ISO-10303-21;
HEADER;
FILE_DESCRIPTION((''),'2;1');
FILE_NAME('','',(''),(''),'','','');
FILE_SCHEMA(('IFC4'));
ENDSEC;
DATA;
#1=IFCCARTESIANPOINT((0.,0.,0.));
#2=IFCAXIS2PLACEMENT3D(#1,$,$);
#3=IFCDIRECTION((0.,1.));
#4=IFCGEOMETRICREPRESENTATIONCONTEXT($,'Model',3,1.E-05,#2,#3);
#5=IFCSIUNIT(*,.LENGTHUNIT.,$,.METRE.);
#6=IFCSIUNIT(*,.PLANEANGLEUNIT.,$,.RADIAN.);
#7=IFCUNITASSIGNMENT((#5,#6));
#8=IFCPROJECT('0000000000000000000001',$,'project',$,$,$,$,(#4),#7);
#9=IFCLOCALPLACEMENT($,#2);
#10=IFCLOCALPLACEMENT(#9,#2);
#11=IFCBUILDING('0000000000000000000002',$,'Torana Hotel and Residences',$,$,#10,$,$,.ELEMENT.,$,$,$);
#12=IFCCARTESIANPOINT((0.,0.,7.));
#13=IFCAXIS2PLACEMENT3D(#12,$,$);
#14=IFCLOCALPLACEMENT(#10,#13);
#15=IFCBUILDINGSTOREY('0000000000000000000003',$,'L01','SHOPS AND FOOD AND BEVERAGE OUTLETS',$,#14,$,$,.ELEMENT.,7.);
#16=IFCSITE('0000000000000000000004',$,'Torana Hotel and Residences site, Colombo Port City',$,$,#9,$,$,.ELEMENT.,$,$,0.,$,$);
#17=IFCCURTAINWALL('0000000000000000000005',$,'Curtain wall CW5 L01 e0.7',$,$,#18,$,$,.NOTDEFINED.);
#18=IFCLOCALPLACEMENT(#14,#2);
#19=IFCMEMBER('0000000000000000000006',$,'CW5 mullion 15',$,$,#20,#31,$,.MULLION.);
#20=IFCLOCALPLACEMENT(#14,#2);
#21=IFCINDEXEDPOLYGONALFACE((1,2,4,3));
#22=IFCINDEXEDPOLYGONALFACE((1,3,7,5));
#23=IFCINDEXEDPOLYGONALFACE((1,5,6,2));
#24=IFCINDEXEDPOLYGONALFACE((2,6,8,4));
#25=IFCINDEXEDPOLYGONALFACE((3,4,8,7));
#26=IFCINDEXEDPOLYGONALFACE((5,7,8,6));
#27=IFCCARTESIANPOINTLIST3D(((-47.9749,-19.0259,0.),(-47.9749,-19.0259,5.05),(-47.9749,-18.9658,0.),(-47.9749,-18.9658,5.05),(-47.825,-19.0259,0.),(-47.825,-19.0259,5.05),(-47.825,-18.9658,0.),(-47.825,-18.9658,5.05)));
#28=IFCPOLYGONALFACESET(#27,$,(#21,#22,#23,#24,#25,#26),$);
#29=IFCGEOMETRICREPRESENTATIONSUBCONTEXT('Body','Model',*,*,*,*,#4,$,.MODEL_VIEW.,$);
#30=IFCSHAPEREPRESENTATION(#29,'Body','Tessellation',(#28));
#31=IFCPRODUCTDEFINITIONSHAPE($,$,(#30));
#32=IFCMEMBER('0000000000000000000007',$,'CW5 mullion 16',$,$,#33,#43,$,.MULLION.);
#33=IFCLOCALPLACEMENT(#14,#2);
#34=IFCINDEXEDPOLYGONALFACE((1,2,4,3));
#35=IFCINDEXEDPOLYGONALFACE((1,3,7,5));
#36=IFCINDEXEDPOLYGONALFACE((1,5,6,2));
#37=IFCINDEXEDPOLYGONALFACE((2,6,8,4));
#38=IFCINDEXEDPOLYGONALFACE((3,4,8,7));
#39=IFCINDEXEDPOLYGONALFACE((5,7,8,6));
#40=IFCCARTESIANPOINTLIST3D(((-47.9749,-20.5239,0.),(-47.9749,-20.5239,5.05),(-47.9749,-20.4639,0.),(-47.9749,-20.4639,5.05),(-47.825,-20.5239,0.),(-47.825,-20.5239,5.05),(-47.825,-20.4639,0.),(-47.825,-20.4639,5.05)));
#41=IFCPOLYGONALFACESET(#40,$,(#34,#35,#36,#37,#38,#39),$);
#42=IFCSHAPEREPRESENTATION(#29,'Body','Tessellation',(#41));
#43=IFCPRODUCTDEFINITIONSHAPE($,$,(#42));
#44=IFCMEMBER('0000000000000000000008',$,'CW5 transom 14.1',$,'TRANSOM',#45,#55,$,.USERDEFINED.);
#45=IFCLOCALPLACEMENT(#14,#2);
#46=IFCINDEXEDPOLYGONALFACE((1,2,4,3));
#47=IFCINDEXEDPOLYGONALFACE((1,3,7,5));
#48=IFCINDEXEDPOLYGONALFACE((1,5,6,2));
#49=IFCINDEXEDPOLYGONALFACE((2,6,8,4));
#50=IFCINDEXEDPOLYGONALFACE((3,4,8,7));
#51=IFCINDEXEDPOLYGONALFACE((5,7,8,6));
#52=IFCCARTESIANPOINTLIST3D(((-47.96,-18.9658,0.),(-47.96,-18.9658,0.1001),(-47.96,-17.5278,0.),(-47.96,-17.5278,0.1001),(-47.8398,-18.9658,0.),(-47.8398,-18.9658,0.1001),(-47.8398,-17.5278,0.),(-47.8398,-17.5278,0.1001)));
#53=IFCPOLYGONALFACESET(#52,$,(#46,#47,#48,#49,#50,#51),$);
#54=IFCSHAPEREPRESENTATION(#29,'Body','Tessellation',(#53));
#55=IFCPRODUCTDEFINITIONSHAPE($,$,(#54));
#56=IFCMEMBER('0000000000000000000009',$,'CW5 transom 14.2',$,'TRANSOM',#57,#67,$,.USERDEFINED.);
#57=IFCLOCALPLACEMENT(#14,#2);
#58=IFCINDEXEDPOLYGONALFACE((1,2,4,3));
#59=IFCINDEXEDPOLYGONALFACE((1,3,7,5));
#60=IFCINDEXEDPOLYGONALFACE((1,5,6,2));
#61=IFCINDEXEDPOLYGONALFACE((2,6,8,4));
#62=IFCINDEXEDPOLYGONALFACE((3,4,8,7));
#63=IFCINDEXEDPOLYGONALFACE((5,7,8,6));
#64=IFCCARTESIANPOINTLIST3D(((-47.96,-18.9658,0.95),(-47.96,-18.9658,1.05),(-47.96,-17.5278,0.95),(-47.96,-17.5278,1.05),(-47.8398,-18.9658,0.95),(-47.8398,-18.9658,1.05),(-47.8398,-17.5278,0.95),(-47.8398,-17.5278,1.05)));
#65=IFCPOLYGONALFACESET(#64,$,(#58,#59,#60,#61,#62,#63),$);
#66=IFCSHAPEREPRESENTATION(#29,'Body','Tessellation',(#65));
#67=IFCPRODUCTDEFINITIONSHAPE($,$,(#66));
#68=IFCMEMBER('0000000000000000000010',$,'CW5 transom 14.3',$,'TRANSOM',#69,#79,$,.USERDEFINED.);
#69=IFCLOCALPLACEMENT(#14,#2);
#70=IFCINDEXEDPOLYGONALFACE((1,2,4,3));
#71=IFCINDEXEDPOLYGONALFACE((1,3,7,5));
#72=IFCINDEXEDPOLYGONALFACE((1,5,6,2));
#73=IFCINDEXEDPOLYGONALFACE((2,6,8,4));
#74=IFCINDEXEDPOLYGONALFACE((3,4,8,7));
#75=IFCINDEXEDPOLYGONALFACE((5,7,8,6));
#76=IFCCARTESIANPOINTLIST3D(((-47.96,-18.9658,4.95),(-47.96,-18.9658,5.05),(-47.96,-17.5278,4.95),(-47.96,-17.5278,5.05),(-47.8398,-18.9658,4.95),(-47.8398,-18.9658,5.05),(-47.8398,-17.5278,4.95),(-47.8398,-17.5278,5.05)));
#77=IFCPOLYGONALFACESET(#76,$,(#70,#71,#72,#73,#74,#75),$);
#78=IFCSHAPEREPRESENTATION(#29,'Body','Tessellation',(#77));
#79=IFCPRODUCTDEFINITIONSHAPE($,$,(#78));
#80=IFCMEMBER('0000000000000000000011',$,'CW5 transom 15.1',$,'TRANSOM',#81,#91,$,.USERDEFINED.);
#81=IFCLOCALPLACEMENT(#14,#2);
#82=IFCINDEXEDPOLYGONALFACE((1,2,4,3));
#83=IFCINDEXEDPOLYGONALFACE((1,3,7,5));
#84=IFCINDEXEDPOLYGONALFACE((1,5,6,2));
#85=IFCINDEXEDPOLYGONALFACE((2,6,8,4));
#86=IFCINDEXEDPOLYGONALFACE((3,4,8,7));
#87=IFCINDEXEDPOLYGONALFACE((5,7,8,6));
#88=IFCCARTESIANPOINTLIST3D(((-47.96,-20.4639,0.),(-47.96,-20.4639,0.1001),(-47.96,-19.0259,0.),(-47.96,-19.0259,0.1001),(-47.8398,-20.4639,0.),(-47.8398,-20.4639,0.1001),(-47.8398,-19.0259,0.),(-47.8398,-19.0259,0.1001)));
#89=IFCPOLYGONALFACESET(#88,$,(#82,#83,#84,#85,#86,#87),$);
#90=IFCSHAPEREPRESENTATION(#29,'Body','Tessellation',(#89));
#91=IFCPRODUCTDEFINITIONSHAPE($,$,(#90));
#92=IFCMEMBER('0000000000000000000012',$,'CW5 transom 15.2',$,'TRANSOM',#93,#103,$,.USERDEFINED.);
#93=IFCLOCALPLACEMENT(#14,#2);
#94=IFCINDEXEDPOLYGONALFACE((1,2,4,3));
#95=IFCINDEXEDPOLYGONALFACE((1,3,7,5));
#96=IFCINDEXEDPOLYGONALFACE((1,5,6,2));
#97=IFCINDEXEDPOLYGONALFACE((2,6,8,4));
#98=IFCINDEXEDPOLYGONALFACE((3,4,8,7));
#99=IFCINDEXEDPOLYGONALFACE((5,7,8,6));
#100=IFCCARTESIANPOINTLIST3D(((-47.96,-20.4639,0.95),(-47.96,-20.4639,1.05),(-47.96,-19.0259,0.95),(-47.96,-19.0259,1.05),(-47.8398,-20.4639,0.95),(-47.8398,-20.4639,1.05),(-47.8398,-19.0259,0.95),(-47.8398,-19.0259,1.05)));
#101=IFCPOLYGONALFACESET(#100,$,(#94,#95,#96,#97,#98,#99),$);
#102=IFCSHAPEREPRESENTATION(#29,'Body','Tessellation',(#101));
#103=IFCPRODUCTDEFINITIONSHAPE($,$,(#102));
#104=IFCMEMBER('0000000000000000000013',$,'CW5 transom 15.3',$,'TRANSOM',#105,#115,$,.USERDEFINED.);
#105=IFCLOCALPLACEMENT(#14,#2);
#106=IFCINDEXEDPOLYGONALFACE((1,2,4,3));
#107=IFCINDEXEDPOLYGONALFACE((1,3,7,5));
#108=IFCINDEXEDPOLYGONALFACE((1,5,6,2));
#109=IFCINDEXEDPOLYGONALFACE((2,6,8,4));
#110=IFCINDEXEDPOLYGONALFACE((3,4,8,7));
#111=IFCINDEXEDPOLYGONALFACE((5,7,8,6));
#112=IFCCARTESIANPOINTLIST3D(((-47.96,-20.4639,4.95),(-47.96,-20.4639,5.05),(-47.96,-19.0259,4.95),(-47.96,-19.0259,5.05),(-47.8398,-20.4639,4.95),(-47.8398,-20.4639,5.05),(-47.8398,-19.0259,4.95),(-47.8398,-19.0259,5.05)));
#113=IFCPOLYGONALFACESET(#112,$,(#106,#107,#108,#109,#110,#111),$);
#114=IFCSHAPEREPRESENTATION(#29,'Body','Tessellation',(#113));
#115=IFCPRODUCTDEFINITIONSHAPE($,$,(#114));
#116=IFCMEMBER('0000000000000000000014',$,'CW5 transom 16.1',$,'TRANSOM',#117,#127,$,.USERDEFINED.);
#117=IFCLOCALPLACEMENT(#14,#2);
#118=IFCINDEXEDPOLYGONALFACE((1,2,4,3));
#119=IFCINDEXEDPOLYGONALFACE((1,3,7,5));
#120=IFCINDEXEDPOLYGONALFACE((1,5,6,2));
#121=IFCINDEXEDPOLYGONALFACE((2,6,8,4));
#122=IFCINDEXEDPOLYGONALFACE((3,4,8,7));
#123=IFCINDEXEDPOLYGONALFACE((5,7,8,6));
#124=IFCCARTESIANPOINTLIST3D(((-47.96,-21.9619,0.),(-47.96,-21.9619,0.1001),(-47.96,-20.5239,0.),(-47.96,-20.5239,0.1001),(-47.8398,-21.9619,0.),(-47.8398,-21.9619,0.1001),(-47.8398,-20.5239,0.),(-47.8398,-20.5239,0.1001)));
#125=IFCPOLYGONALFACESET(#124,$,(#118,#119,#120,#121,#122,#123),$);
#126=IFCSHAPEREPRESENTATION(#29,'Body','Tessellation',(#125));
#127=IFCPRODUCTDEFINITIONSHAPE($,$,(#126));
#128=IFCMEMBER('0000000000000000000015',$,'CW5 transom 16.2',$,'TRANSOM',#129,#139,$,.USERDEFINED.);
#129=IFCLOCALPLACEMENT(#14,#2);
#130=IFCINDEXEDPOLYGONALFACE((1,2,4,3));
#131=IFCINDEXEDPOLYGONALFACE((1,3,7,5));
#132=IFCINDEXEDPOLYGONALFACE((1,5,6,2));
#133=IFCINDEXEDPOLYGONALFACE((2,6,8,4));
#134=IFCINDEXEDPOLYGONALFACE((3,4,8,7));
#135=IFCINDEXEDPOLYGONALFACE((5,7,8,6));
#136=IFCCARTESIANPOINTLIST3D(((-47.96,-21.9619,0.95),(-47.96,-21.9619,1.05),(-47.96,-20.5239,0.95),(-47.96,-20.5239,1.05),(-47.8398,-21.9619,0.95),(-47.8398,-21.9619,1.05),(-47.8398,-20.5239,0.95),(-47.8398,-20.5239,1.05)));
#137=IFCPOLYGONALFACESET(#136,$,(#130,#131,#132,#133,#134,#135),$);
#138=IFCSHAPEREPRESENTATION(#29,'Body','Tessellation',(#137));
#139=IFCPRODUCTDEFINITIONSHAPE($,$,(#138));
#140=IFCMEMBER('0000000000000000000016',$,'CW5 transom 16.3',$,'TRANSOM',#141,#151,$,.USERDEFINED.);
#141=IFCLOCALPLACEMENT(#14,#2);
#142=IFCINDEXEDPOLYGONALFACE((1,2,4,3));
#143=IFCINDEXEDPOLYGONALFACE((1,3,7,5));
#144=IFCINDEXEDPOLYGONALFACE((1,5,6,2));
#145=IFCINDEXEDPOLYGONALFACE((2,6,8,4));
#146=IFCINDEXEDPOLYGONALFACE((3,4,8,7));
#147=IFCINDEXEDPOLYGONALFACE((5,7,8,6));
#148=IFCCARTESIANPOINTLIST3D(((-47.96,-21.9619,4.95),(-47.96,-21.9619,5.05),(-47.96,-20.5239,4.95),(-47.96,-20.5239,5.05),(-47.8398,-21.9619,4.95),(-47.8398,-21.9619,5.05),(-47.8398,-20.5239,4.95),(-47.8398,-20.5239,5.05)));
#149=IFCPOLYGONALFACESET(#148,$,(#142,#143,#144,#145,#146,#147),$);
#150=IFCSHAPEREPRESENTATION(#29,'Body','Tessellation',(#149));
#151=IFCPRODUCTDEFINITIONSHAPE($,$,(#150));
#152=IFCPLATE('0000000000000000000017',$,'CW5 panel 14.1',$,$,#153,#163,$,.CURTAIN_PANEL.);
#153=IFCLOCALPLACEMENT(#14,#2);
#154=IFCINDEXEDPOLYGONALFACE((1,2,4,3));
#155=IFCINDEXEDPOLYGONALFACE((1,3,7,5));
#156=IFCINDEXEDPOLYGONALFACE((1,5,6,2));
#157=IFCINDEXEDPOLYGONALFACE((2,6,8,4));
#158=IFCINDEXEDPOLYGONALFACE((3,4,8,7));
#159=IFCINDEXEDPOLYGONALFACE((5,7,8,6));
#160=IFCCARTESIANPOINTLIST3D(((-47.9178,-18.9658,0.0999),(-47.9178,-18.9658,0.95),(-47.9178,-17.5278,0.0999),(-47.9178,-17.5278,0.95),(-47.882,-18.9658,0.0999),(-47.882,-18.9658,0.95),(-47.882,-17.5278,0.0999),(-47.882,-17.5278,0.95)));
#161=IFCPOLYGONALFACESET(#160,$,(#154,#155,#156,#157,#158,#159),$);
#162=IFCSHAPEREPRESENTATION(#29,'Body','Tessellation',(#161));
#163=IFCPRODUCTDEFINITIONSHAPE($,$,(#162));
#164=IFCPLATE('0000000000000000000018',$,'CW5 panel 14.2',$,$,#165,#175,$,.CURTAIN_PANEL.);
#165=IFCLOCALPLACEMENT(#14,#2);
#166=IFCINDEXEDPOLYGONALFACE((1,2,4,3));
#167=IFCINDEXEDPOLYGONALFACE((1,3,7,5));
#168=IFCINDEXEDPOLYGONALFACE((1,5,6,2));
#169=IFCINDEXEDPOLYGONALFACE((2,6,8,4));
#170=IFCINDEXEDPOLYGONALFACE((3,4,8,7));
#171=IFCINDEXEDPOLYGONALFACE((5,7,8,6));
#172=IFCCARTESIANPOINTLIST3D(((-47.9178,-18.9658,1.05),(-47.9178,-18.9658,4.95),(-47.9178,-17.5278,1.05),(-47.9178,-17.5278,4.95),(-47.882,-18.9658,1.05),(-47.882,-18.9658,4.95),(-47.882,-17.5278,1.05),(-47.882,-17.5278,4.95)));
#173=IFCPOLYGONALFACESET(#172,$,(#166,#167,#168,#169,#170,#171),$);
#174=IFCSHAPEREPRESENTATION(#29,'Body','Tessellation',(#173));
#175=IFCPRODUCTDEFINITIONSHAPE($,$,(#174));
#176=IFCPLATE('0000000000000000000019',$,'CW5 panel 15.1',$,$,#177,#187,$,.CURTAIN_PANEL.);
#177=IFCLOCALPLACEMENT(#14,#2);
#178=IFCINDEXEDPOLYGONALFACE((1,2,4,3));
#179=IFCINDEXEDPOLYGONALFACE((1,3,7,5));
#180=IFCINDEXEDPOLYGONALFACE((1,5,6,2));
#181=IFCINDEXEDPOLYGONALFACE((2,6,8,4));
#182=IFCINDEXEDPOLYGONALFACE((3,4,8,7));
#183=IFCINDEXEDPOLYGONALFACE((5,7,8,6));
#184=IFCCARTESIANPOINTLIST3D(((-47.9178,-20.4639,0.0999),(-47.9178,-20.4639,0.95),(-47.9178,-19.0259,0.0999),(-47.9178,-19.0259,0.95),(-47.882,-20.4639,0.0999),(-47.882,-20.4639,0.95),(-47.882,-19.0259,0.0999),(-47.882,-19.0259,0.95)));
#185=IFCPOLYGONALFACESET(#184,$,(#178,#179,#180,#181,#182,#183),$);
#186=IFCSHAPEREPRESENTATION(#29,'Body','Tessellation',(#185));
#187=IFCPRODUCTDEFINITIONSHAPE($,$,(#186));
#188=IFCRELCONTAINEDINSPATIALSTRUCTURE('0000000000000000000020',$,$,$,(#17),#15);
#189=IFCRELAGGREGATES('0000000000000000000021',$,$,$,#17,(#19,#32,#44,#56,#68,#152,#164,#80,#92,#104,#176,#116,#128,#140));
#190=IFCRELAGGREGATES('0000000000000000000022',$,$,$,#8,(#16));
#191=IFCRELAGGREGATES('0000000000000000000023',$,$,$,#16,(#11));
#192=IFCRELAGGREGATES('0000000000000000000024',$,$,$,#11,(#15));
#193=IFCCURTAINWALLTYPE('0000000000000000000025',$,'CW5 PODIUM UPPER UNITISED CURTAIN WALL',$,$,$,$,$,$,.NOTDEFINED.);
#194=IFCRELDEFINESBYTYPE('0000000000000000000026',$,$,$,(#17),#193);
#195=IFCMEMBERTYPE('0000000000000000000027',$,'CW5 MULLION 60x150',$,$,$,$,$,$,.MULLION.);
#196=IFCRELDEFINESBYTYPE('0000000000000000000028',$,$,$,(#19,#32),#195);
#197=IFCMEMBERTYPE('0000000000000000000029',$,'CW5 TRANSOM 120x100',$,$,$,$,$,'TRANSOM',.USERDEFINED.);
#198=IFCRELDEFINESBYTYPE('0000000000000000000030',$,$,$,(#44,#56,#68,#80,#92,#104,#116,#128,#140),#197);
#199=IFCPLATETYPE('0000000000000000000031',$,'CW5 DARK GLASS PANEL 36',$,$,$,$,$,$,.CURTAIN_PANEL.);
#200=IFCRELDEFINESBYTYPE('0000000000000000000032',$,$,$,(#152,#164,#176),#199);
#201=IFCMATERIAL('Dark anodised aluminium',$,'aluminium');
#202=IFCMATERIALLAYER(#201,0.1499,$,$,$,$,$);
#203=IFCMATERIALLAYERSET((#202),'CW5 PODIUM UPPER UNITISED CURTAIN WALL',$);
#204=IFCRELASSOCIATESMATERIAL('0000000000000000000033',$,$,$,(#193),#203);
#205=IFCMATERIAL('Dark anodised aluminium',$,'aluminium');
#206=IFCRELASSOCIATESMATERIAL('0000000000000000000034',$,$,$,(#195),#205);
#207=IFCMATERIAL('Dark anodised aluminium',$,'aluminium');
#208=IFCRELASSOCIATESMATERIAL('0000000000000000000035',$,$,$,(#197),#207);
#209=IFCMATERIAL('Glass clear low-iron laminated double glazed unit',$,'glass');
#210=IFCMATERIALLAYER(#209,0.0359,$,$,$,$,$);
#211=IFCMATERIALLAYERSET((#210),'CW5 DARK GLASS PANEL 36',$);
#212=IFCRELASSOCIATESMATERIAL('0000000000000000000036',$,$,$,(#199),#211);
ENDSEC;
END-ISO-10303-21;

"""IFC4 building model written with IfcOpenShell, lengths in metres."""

from ifc_helpers import new_model, si_unit, direction, frame, origin, origin_2d, place, context, subcontext, project, spatial, rectangle, extrude, material, layer, layer_set, material_profile, profile_set, type_object, element, aggregate, save


model = new_model("IFC4")

# Units and contexts
model_context = context("Model", 3, precision=1e-05, world=origin(), true_north=direction((0.0, 1.0)))
body_context = subcontext(model_context, "Body", "Model", "MODEL_VIEW")
ifc_project = project(units=[si_unit("LENGTHUNIT", "METRE"), si_unit("PLANEANGLEUNIT", "RADIAN")], contexts=[model_context])

# Site, building, storey
site_placement = place(None, origin())
site = spatial("IfcSite", under=ifc_project, at=site_placement, Name="Torana Hotel and Residences site, Colombo Port City", CompositionType="ELEMENT", RefElevation=0.0)
building_placement = place(site_placement, origin())
building = spatial("IfcBuilding", under=site, at=building_placement, Name="Torana Hotel and Residences", CompositionType="ELEMENT")
storey_placement = place(building_placement, frame((0.0, 0.0, 7.0)))
storey = spatial("IfcBuildingStorey", under=building, at=storey_placement, Name="L01", Description="SHOPS AND FOOD AND BEVERAGE OUTLETS", CompositionType="ELEMENT", Elevation=7.0)

# Curtain wall, members, plates
ifc_material_1 = material(Name="Dark anodised aluminium", Category="aluminium")
ifc_layer_1 = layer(ifc_material_1, 0.1499)
ifc_layer_set_1 = layer_set([ifc_layer_1], Name="CW5 PODIUM UPPER UNITISED CURTAIN WALL")
curtain_wall_type = type_object("IfcCurtainWallType", Name="CW5 PODIUM UPPER UNITISED CURTAIN WALL", PredefinedType="NOTDEFINED", material=ifc_layer_set_1)
curtain_wall_placement = place(storey_placement, origin())
curtain_wall = element("IfcCurtainWall", 1, at=curtain_wall_placement, inside=storey, type_object=curtain_wall_type, Name="Curtain wall CW5 L01 e0.7", PredefinedType="NOTDEFINED")
ifc_material_2 = material(Name="Dark anodised aluminium", Category="aluminium")
ifc_material_profile_1 = material_profile(ifc_material_2, rectangle(XDim=0.1499, YDim=0.0601, at=origin_2d()), Name="CW5 MULLION 60x150")
ifc_profile_set_1 = profile_set([ifc_material_profile_1], Name="Dark anodised aluminium")
member_type_1 = type_object("IfcMemberType", Name="CW5 MULLION 60x150", PredefinedType="MULLION", material=ifc_profile_set_1)
member_1_placement = place(storey_placement, frame((-47.8999, -18.9958, 0.0), z_axis=(0.0, 0.0, 1.0), x_axis=(1.0, 0.0, 0.0)))
member_1 = element("IfcMember", 2, at=member_1_placement, type_object=member_type_1, Name="CW5 mullion 15", PredefinedType="MULLION", context=body_context, shape_type="SweptSolid", body=[
    extrude(rectangle(XDim=0.1499, YDim=0.0601, at=origin_2d()), origin(), (0.0, 0.0, 1.0), 5.05),
])
member_2_placement = place(storey_placement, frame((-47.8999, -20.4939, 0.0), z_axis=(0.0, 0.0, 1.0), x_axis=(1.0, 0.0, 0.0)))
member_2 = element("IfcMember", 3, at=member_2_placement, type_object=member_type_1, Name="CW5 mullion 16", PredefinedType="MULLION", context=body_context, shape_type="SweptSolid", body=[
    extrude(rectangle(XDim=0.1499, YDim=0.0601, at=origin_2d()), origin(), (0.0, 0.0, 1.0), 5.05),
])
ifc_material_3 = material(Name="Dark anodised aluminium", Category="aluminium")
ifc_material_profile_2 = material_profile(ifc_material_3, rectangle(XDim=0.1201, YDim=0.1001, at=origin_2d()), Name="CW5 TRANSOM 120x100")
ifc_profile_set_2 = profile_set([ifc_material_profile_2], Name="Dark anodised aluminium")
member_type_2 = type_object("IfcMemberType", Name="CW5 TRANSOM 120x100", ElementType="TRANSOM", PredefinedType="USERDEFINED", material=ifc_profile_set_2)
member_3_placement = place(storey_placement, frame((-47.8999, -17.5278, 0.05), z_axis=(0.0, -1.0, 0.0), x_axis=(1.0, 0.0, 0.0)))
member_3 = element("IfcMember", 4, at=member_3_placement, type_object=member_type_2, Name="CW5 transom 14.1", ObjectType="TRANSOM", PredefinedType="USERDEFINED", context=body_context, shape_type="SweptSolid", body=[
    extrude(rectangle(XDim=0.1201, YDim=0.1001, at=origin_2d()), origin(), (0.0, 0.0, 1.0), 1.438),
])
member_4_placement = place(storey_placement, frame((-47.8999, -17.5278, 1.0), z_axis=(0.0, -1.0, 0.0), x_axis=(1.0, 0.0, 0.0)))
member_4 = element("IfcMember", 5, at=member_4_placement, type_object=member_type_2, Name="CW5 transom 14.2", ObjectType="TRANSOM", PredefinedType="USERDEFINED", context=body_context, shape_type="SweptSolid", body=[
    extrude(rectangle(XDim=0.1201, YDim=0.1001, at=origin_2d()), origin(), (0.0, 0.0, 1.0), 1.438),
])
member_5_placement = place(storey_placement, frame((-47.8999, -17.5278, 5.0), z_axis=(0.0, -1.0, 0.0), x_axis=(1.0, 0.0, 0.0)))
member_5 = element("IfcMember", 6, at=member_5_placement, type_object=member_type_2, Name="CW5 transom 14.3", ObjectType="TRANSOM", PredefinedType="USERDEFINED", context=body_context, shape_type="SweptSolid", body=[
    extrude(rectangle(XDim=0.1201, YDim=0.1001, at=origin_2d()), origin(), (0.0, 0.0, 1.0), 1.438),
])
member_6_placement = place(storey_placement, frame((-47.8999, -19.0259, 0.05), z_axis=(0.0, -1.0, 0.0), x_axis=(1.0, 0.0, 0.0)))
member_6 = element("IfcMember", 7, at=member_6_placement, type_object=member_type_2, Name="CW5 transom 15.1", ObjectType="TRANSOM", PredefinedType="USERDEFINED", context=body_context, shape_type="SweptSolid", body=[
    extrude(rectangle(XDim=0.1201, YDim=0.1001, at=origin_2d()), origin(), (0.0, 0.0, 1.0), 1.438),
])
member_7_placement = place(storey_placement, frame((-47.8999, -19.0259, 1.0), z_axis=(0.0, -1.0, 0.0), x_axis=(1.0, 0.0, 0.0)))
member_7 = element("IfcMember", 8, at=member_7_placement, type_object=member_type_2, Name="CW5 transom 15.2", ObjectType="TRANSOM", PredefinedType="USERDEFINED", context=body_context, shape_type="SweptSolid", body=[
    extrude(rectangle(XDim=0.1201, YDim=0.1001, at=origin_2d()), origin(), (0.0, 0.0, 1.0), 1.438),
])
member_8_placement = place(storey_placement, frame((-47.8999, -19.0259, 5.0), z_axis=(0.0, -1.0, 0.0), x_axis=(1.0, 0.0, 0.0)))
member_8 = element("IfcMember", 9, at=member_8_placement, type_object=member_type_2, Name="CW5 transom 15.3", ObjectType="TRANSOM", PredefinedType="USERDEFINED", context=body_context, shape_type="SweptSolid", body=[
    extrude(rectangle(XDim=0.1201, YDim=0.1001, at=origin_2d()), origin(), (0.0, 0.0, 1.0), 1.438),
])
member_9_placement = place(storey_placement, frame((-47.8999, -20.5239, 0.05), z_axis=(0.0, -1.0, 0.0), x_axis=(1.0, 0.0, 0.0)))
member_9 = element("IfcMember", 10, at=member_9_placement, type_object=member_type_2, Name="CW5 transom 16.1", ObjectType="TRANSOM", PredefinedType="USERDEFINED", context=body_context, shape_type="SweptSolid", body=[
    extrude(rectangle(XDim=0.1201, YDim=0.1001, at=origin_2d()), origin(), (0.0, 0.0, 1.0), 1.438),
])
member_10_placement = place(storey_placement, frame((-47.8999, -20.5239, 1.0), z_axis=(0.0, -1.0, 0.0), x_axis=(1.0, 0.0, 0.0)))
member_10 = element("IfcMember", 11, at=member_10_placement, type_object=member_type_2, Name="CW5 transom 16.2", ObjectType="TRANSOM", PredefinedType="USERDEFINED", context=body_context, shape_type="SweptSolid", body=[
    extrude(rectangle(XDim=0.1201, YDim=0.1001, at=origin_2d()), origin(), (0.0, 0.0, 1.0), 1.438),
])
member_11_placement = place(storey_placement, frame((-47.8999, -20.5239, 5.0), z_axis=(0.0, -1.0, 0.0), x_axis=(1.0, 0.0, 0.0)))
member_11 = element("IfcMember", 12, at=member_11_placement, type_object=member_type_2, Name="CW5 transom 16.3", ObjectType="TRANSOM", PredefinedType="USERDEFINED", context=body_context, shape_type="SweptSolid", body=[
    extrude(rectangle(XDim=0.1201, YDim=0.1001, at=origin_2d()), origin(), (0.0, 0.0, 1.0), 1.438),
])
ifc_material_4 = material(Name="Glass clear low-iron laminated double glazed unit", Category="glass")
ifc_layer_2 = layer(ifc_material_4, 0.0359)
ifc_layer_set_2 = layer_set([ifc_layer_2], Name="CW5 DARK GLASS PANEL 36")
plate_type = type_object("IfcPlateType", Name="CW5 DARK GLASS PANEL 36", PredefinedType="CURTAIN_PANEL", material=ifc_layer_set_2)
plate_1_placement = place(storey_placement, frame((-47.8999, -18.2468, 0.0999), z_axis=(0.0, 0.0, 1.0), x_axis=(0.0, -1.0, 0.0)))
plate_1 = element("IfcPlate", 13, at=plate_1_placement, type_object=plate_type, Name="CW5 panel 14.1", PredefinedType="CURTAIN_PANEL", context=body_context, shape_type="SweptSolid", body=[
    extrude(rectangle(XDim=1.438, YDim=0.0359, at=origin_2d()), origin(), (0.0, 0.0, 1.0), 0.8501),
])
plate_2_placement = place(storey_placement, frame((-47.8999, -18.2468, 1.05), z_axis=(0.0, 0.0, 1.0), x_axis=(0.0, -1.0, 0.0)))
plate_2 = element("IfcPlate", 14, at=plate_2_placement, type_object=plate_type, Name="CW5 panel 14.2", PredefinedType="CURTAIN_PANEL", context=body_context, shape_type="SweptSolid", body=[
    extrude(rectangle(XDim=1.438, YDim=0.0359, at=origin_2d()), origin(), (0.0, 0.0, 1.0), 3.8999),
])
plate_3_placement = place(storey_placement, frame((-47.8999, -19.7449, 0.0999), z_axis=(0.0, 0.0, 1.0), x_axis=(0.0, -1.0, 0.0)))
plate_3 = element("IfcPlate", 15, at=plate_3_placement, type_object=plate_type, Name="CW5 panel 15.1", PredefinedType="CURTAIN_PANEL", context=body_context, shape_type="SweptSolid", body=[
    extrude(rectangle(XDim=1.438, YDim=0.0359, at=origin_2d()), origin(), (0.0, 0.0, 1.0), 0.8501),
])
aggregate(curtain_wall, [member_1, member_2, member_3, member_4, member_5, plate_1, plate_2, member_6, member_7, member_8, plate_3, member_9, member_10, member_11])

save(model, "model.ifc")
